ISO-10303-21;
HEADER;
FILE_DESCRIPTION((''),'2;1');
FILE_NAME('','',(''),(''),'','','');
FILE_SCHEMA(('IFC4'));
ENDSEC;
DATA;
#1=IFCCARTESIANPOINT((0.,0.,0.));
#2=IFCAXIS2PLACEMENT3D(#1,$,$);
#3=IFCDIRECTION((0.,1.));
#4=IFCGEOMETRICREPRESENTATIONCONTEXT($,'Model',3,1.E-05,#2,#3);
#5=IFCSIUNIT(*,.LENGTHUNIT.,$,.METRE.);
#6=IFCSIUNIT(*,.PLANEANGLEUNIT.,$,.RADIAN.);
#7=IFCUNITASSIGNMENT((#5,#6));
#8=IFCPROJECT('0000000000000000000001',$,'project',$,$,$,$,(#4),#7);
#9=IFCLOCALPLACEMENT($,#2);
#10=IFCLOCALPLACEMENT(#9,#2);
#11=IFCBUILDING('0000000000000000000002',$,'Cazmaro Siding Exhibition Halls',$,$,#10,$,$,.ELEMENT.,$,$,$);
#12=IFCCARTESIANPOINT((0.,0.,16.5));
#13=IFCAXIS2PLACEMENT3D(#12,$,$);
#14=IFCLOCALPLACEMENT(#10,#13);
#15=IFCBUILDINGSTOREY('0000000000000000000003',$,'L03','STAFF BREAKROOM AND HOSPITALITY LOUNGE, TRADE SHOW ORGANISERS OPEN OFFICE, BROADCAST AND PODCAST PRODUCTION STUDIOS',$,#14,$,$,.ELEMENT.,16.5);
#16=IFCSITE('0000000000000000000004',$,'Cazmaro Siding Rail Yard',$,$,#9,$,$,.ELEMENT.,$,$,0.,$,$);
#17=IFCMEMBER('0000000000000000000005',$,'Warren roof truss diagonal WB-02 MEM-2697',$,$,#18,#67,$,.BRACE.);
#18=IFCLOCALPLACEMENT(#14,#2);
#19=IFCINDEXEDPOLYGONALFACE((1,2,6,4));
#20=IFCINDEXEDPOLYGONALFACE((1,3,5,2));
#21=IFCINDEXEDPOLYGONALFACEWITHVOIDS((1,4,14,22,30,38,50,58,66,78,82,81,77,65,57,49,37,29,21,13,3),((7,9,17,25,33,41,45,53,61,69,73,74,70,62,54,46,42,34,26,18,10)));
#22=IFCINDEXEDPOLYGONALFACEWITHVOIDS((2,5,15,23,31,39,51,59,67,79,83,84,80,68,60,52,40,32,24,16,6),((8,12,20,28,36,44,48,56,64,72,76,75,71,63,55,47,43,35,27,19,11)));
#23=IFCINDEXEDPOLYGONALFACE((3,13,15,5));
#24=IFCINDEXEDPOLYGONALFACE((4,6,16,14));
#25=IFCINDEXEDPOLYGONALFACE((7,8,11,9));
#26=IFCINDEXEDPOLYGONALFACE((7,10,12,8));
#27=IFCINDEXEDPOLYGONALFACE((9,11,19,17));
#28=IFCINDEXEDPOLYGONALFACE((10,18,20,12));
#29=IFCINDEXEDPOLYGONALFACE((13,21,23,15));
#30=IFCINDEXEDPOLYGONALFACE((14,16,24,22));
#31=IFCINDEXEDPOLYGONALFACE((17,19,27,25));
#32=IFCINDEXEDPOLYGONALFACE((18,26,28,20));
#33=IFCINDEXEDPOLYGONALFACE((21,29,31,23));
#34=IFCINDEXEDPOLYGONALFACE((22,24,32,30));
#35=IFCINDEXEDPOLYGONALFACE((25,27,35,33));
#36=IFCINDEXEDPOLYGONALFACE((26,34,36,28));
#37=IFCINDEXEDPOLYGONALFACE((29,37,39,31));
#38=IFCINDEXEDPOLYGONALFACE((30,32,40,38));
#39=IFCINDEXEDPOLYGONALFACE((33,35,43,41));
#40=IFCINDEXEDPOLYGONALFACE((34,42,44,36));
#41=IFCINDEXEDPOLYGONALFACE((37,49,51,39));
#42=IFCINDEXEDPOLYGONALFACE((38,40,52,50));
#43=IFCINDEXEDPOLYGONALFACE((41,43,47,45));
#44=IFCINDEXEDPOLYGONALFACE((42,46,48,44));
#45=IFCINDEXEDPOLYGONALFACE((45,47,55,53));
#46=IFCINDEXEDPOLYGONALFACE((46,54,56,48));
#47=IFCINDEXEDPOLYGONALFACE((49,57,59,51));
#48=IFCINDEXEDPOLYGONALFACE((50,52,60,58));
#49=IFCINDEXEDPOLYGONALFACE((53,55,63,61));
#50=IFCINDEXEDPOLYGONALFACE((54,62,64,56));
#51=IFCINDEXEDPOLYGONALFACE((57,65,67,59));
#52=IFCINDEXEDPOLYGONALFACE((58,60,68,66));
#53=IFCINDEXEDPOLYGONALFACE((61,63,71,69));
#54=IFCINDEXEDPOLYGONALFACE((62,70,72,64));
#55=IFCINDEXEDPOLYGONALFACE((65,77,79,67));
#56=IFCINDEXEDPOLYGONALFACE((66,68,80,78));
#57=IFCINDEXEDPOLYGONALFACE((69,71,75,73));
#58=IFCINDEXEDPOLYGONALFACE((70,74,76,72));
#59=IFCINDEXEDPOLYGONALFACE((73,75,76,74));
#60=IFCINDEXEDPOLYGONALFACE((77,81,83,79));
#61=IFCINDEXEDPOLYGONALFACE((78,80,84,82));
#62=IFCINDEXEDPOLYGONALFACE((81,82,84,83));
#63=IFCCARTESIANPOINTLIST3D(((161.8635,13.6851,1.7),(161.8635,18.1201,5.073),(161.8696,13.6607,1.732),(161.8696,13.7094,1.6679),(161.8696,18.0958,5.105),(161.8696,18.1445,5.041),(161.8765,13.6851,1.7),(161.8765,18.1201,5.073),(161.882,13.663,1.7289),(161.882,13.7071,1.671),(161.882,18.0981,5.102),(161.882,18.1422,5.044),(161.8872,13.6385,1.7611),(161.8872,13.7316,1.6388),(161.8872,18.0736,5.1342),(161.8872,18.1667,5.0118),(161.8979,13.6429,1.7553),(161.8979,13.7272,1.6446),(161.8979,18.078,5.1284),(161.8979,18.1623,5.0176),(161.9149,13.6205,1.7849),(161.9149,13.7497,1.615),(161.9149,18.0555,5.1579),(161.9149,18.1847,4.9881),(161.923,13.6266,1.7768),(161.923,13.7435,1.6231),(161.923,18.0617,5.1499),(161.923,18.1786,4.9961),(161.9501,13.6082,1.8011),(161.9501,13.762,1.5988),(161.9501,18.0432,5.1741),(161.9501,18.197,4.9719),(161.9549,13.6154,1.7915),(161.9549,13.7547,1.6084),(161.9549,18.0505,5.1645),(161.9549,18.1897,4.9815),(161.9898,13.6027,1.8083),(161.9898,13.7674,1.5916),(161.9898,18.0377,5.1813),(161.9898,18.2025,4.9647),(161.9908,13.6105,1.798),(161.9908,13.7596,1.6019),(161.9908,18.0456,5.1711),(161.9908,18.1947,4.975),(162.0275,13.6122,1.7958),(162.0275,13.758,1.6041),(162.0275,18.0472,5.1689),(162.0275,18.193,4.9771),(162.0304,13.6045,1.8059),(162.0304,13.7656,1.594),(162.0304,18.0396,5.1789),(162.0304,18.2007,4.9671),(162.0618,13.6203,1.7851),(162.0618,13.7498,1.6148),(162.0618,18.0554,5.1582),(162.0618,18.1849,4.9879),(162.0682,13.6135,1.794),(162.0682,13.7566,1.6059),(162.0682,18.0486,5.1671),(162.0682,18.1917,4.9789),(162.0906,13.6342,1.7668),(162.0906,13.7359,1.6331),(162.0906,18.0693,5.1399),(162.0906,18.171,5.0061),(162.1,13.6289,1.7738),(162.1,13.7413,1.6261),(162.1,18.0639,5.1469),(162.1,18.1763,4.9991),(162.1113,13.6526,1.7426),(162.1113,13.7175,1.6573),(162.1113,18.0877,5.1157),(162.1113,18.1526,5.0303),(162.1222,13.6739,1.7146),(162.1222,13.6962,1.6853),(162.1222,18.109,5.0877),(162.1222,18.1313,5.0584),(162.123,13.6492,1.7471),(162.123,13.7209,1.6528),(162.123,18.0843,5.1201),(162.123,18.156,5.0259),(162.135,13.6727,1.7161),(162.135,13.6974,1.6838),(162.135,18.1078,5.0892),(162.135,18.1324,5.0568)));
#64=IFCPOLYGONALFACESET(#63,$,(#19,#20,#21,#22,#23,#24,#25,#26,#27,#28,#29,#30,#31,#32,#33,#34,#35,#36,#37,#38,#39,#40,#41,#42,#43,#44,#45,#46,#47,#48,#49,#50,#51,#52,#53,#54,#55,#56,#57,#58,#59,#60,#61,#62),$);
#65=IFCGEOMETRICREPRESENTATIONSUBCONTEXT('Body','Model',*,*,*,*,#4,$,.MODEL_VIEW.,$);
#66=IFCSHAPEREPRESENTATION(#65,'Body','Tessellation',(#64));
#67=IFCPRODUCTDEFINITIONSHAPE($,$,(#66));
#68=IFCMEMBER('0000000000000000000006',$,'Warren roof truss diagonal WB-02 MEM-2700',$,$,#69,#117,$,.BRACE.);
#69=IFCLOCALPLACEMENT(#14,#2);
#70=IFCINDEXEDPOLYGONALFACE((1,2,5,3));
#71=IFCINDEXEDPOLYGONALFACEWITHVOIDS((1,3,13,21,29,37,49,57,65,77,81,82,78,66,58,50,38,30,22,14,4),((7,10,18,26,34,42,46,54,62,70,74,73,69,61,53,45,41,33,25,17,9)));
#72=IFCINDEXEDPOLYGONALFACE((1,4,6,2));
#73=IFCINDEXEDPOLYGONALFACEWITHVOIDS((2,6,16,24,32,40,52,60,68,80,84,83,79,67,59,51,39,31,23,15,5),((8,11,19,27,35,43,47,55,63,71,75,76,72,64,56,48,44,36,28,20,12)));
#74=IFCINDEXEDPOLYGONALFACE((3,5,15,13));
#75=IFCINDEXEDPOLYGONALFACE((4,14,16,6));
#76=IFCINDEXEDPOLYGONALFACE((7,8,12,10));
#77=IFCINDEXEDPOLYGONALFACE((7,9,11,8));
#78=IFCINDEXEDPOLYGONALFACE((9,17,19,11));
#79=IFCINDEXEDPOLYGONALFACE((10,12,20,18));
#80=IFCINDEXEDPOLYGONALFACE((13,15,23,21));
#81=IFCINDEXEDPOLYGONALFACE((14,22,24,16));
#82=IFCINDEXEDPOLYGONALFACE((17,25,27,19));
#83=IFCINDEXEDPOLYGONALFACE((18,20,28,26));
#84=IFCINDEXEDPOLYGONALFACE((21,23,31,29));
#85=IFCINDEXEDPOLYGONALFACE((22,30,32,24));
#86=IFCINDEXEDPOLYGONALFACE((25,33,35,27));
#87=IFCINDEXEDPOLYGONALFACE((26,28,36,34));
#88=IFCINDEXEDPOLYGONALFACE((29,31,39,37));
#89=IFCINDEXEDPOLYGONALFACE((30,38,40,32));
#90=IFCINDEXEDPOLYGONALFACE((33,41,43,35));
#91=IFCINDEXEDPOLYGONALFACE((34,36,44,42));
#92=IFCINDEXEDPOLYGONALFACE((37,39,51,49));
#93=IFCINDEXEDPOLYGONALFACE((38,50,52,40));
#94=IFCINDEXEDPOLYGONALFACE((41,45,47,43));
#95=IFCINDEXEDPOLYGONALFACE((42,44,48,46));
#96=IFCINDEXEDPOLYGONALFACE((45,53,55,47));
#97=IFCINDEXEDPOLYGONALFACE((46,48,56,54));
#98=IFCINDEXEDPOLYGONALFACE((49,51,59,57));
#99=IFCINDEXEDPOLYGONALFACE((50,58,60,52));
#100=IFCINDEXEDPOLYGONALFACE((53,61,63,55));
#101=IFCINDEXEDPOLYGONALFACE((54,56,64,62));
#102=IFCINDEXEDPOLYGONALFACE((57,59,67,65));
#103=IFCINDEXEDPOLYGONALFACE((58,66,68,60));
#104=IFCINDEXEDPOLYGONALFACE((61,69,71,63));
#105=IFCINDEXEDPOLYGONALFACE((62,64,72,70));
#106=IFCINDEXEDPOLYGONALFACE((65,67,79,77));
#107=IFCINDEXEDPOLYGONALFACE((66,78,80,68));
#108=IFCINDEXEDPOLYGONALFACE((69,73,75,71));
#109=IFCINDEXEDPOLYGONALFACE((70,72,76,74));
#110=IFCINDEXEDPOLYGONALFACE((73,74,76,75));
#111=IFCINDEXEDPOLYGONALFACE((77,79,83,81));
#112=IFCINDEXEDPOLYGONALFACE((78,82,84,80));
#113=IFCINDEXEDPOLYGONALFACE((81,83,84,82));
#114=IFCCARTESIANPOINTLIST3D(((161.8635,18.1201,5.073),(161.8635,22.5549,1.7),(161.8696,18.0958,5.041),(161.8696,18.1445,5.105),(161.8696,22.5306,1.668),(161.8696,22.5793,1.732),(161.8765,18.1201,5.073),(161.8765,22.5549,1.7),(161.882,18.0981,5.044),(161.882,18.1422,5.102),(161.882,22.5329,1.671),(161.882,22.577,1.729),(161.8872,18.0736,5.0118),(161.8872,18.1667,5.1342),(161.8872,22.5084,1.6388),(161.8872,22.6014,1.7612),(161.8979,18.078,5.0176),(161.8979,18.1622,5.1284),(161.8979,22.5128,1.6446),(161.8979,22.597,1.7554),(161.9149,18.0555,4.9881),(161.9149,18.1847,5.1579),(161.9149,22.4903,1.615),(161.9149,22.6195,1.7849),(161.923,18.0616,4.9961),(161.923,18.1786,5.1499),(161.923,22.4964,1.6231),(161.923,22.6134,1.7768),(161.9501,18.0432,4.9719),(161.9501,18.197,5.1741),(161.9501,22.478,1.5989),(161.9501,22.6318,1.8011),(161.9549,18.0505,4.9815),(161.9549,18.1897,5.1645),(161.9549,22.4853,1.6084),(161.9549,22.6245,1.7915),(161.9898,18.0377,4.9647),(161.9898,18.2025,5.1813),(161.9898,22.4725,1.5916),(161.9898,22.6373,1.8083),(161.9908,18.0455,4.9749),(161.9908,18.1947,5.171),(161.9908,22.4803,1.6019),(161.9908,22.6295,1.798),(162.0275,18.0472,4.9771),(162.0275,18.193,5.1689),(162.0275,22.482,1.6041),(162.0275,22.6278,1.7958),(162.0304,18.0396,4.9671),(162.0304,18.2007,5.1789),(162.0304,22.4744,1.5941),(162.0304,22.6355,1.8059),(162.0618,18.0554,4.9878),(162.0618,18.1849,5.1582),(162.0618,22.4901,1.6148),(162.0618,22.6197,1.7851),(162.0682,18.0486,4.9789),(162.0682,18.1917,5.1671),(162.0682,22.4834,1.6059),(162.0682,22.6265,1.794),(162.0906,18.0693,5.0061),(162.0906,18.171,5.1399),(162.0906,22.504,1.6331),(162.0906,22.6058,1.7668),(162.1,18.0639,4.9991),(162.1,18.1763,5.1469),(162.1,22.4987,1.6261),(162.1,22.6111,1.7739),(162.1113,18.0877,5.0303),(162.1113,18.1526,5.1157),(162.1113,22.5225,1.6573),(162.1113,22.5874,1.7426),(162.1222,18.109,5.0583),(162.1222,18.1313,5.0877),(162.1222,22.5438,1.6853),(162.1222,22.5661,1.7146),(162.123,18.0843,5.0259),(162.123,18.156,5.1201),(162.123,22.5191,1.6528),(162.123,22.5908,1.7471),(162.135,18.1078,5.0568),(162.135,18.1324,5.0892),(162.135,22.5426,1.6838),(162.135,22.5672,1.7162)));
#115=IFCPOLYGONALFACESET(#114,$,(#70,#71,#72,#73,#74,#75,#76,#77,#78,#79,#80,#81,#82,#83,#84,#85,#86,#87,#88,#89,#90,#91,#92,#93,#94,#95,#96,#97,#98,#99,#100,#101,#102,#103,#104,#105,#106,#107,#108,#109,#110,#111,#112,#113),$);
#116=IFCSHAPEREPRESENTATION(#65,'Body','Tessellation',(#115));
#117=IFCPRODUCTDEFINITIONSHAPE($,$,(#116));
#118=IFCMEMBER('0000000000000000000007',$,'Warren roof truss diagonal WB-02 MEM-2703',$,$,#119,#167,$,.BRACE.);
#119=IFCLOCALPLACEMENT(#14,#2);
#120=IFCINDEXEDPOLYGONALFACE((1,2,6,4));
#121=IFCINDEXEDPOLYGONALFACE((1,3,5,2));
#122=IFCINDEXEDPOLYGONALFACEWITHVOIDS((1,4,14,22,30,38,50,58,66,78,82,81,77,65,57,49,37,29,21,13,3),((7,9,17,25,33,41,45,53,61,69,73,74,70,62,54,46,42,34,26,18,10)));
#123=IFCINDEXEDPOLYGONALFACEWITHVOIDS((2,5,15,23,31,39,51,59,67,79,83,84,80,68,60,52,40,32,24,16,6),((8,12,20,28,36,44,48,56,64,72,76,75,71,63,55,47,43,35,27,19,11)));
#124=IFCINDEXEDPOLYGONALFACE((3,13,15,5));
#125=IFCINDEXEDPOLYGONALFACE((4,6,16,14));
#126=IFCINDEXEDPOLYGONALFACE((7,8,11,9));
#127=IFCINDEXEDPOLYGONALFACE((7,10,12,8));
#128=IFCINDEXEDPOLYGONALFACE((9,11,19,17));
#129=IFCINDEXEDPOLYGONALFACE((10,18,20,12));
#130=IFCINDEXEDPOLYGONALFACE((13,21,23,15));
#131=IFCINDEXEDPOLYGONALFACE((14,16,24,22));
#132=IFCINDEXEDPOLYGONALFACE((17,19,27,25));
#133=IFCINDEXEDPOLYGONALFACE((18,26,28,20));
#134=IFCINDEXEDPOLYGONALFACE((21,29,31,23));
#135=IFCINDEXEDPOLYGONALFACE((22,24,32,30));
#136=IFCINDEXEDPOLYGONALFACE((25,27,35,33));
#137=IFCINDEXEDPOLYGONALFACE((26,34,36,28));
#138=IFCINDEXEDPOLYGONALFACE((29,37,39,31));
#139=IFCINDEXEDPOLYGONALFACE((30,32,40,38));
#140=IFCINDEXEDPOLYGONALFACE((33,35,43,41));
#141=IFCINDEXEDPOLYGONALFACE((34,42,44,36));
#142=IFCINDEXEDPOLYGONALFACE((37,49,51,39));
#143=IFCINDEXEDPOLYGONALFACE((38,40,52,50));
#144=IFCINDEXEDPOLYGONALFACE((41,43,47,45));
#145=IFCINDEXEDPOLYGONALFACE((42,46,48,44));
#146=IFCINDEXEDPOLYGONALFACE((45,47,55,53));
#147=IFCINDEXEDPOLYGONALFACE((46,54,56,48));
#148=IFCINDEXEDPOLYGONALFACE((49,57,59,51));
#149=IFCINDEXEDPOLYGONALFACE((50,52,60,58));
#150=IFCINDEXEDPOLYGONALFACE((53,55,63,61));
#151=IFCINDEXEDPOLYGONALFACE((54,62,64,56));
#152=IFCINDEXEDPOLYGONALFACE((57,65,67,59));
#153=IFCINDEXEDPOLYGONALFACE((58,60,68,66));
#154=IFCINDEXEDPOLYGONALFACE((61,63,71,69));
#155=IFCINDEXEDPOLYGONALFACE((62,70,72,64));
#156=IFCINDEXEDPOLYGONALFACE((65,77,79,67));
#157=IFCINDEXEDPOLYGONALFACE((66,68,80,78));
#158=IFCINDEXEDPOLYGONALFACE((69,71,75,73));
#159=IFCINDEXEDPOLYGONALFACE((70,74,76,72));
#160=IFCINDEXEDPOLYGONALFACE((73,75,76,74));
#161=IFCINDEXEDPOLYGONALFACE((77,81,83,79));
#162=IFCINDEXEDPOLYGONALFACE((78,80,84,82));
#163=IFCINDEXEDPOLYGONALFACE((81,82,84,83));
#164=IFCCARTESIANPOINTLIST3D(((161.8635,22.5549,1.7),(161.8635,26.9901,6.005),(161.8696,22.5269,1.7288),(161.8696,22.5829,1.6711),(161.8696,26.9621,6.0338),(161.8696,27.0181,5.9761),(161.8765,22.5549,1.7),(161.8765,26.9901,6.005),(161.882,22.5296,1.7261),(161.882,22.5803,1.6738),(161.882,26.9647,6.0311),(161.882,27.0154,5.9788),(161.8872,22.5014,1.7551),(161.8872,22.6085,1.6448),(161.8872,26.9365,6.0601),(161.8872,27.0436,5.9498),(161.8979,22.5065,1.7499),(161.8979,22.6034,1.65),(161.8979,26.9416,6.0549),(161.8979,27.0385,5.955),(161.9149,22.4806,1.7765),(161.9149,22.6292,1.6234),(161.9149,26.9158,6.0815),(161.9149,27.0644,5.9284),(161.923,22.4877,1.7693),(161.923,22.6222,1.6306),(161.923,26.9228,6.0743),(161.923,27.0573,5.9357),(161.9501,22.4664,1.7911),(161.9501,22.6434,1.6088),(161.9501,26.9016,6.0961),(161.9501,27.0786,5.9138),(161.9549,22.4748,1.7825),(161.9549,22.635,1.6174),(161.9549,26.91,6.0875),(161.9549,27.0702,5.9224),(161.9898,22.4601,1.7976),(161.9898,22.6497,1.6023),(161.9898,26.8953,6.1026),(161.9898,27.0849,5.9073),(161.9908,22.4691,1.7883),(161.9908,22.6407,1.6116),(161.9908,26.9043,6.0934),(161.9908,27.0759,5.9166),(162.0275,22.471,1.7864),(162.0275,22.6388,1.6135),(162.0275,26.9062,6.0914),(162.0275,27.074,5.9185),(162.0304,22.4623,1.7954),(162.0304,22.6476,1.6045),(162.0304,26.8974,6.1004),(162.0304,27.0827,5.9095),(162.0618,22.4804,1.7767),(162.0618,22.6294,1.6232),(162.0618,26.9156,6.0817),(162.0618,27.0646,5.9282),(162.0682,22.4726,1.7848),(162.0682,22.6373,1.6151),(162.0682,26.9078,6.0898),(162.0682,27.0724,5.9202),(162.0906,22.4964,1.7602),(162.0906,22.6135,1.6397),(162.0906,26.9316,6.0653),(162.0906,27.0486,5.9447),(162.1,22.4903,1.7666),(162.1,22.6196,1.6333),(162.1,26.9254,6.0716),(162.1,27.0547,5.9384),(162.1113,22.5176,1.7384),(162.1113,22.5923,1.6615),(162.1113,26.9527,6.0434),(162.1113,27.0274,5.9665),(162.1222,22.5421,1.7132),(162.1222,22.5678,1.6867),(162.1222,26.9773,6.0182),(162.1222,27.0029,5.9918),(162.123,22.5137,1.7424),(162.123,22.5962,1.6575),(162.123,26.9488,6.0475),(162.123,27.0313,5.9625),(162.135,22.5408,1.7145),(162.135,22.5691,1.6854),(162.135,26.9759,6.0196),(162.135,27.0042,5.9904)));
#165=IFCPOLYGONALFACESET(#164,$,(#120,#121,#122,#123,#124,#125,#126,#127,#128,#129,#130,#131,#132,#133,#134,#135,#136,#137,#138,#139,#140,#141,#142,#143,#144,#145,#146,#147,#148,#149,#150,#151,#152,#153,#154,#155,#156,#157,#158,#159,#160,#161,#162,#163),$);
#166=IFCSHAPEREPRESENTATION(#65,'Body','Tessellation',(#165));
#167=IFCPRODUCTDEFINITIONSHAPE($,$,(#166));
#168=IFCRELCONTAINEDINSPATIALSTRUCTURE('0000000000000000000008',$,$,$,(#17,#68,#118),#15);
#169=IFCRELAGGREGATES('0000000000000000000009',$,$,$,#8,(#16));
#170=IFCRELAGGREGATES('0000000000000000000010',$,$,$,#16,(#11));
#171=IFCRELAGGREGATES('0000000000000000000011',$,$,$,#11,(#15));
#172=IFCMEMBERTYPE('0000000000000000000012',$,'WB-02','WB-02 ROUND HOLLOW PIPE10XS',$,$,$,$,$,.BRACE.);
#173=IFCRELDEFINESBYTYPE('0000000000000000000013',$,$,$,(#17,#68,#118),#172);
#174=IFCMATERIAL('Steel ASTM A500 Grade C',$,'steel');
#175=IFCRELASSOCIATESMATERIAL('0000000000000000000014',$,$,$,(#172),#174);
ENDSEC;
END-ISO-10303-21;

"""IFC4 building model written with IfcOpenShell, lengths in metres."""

from ifc_helpers import new_model, si_unit, direction, frame, origin, origin_2d, place, context, subcontext, project, spatial, hollow_circle, extrude, material, material_profile, profile_set, type_object, element, save


model = new_model("IFC4")

# Units and contexts
model_context = context("Model", 3, precision=1e-05, world=origin(), true_north=direction((0.0, 1.0)))
body_context = subcontext(model_context, "Body", "Model", "MODEL_VIEW")
ifc_project = project(units=[si_unit("LENGTHUNIT", "METRE"), si_unit("PLANEANGLEUNIT", "RADIAN")], contexts=[model_context])

# Site, building, storey
site_placement = place(None, origin())
site = spatial("IfcSite", under=ifc_project, at=site_placement, Name="Cazmaro Siding Rail Yard", CompositionType="ELEMENT", RefElevation=0.0)
building_placement = place(site_placement, origin())
building = spatial("IfcBuilding", under=site, at=building_placement, Name="Cazmaro Siding Exhibition Halls", CompositionType="ELEMENT")
storey_placement = place(building_placement, frame((0.0, 0.0, 16.5)))
storey = spatial("IfcBuildingStorey", under=building, at=storey_placement, Name="L03", Description="STAFF BREAKROOM AND HOSPITALITY LOUNGE, TRADE SHOW ORGANISERS OPEN OFFICE, BROADCAST AND PODCAST PRODUCTION STUDIOS", CompositionType="ELEMENT", Elevation=16.5)

# Members
ifc_material_1 = material(Name="Steel ASTM A500 Grade C", Category="steel")
ifc_material_profile_1 = material_profile(ifc_material_1, hollow_circle(Radius=0.1365, WallThickness=0.0129, at=origin_2d()), Name="PIPE10XS")
ifc_profile_set_1 = profile_set([ifc_material_profile_1], Name="Steel ASTM A500 Grade C")
member_type_1 = type_object("IfcMemberType", Name="WB-02", Description="WB-02 ROUND HOLLOW PIPE10XS", PredefinedType="BRACE", material=ifc_profile_set_1)
member_1_placement = place(storey_placement, frame((162.0, 13.6851, 1.7), z_axis=(0.0, 0.795954, 0.605357), x_axis=(-1.0, 0.0, 0.0)))
element("IfcMember", 1, at=member_1_placement, inside=storey, type_object=member_type_1, Name="Warren roof truss diagonal WB-02 MEM-2697", PredefinedType="BRACE", context=body_context, shape_type="SweptSolid", body=[
    extrude(hollow_circle(Radius=0.1365, WallThickness=0.0129, at=origin_2d()), origin(), (0.0, 0.0, 1.0), 5.572),
])
member_2_placement = place(storey_placement, frame((162.0, 18.1201, 5.073), z_axis=(0.0, 0.795938, -0.605378), x_axis=(-1.0, 0.0, 0.0)))
element("IfcMember", 2, at=member_2_placement, inside=storey, type_object=member_type_1, Name="Warren roof truss diagonal WB-02 MEM-2700", PredefinedType="BRACE", context=body_context, shape_type="SweptSolid", body=[
    extrude(hollow_circle(Radius=0.1365, WallThickness=0.0129, at=origin_2d()), origin(), (0.0, 0.0, 1.0), 5.5718),
])
member_3_placement = place(storey_placement, frame((162.0, 22.5549, 1.7), z_axis=(0.0, 0.717555, 0.696502), x_axis=(-1.0, 0.0, 0.0)))
element("IfcMember", 3, at=member_3_placement, inside=storey, type_object=member_type_1, Name="Warren roof truss diagonal WB-02 MEM-2703", PredefinedType="BRACE", context=body_context, shape_type="SweptSolid", body=[
    extrude(hollow_circle(Radius=0.1365, WallThickness=0.0129, at=origin_2d()), origin(), (0.0, 0.0, 1.0), 6.1809),
])

save(model, "model.ifc")
